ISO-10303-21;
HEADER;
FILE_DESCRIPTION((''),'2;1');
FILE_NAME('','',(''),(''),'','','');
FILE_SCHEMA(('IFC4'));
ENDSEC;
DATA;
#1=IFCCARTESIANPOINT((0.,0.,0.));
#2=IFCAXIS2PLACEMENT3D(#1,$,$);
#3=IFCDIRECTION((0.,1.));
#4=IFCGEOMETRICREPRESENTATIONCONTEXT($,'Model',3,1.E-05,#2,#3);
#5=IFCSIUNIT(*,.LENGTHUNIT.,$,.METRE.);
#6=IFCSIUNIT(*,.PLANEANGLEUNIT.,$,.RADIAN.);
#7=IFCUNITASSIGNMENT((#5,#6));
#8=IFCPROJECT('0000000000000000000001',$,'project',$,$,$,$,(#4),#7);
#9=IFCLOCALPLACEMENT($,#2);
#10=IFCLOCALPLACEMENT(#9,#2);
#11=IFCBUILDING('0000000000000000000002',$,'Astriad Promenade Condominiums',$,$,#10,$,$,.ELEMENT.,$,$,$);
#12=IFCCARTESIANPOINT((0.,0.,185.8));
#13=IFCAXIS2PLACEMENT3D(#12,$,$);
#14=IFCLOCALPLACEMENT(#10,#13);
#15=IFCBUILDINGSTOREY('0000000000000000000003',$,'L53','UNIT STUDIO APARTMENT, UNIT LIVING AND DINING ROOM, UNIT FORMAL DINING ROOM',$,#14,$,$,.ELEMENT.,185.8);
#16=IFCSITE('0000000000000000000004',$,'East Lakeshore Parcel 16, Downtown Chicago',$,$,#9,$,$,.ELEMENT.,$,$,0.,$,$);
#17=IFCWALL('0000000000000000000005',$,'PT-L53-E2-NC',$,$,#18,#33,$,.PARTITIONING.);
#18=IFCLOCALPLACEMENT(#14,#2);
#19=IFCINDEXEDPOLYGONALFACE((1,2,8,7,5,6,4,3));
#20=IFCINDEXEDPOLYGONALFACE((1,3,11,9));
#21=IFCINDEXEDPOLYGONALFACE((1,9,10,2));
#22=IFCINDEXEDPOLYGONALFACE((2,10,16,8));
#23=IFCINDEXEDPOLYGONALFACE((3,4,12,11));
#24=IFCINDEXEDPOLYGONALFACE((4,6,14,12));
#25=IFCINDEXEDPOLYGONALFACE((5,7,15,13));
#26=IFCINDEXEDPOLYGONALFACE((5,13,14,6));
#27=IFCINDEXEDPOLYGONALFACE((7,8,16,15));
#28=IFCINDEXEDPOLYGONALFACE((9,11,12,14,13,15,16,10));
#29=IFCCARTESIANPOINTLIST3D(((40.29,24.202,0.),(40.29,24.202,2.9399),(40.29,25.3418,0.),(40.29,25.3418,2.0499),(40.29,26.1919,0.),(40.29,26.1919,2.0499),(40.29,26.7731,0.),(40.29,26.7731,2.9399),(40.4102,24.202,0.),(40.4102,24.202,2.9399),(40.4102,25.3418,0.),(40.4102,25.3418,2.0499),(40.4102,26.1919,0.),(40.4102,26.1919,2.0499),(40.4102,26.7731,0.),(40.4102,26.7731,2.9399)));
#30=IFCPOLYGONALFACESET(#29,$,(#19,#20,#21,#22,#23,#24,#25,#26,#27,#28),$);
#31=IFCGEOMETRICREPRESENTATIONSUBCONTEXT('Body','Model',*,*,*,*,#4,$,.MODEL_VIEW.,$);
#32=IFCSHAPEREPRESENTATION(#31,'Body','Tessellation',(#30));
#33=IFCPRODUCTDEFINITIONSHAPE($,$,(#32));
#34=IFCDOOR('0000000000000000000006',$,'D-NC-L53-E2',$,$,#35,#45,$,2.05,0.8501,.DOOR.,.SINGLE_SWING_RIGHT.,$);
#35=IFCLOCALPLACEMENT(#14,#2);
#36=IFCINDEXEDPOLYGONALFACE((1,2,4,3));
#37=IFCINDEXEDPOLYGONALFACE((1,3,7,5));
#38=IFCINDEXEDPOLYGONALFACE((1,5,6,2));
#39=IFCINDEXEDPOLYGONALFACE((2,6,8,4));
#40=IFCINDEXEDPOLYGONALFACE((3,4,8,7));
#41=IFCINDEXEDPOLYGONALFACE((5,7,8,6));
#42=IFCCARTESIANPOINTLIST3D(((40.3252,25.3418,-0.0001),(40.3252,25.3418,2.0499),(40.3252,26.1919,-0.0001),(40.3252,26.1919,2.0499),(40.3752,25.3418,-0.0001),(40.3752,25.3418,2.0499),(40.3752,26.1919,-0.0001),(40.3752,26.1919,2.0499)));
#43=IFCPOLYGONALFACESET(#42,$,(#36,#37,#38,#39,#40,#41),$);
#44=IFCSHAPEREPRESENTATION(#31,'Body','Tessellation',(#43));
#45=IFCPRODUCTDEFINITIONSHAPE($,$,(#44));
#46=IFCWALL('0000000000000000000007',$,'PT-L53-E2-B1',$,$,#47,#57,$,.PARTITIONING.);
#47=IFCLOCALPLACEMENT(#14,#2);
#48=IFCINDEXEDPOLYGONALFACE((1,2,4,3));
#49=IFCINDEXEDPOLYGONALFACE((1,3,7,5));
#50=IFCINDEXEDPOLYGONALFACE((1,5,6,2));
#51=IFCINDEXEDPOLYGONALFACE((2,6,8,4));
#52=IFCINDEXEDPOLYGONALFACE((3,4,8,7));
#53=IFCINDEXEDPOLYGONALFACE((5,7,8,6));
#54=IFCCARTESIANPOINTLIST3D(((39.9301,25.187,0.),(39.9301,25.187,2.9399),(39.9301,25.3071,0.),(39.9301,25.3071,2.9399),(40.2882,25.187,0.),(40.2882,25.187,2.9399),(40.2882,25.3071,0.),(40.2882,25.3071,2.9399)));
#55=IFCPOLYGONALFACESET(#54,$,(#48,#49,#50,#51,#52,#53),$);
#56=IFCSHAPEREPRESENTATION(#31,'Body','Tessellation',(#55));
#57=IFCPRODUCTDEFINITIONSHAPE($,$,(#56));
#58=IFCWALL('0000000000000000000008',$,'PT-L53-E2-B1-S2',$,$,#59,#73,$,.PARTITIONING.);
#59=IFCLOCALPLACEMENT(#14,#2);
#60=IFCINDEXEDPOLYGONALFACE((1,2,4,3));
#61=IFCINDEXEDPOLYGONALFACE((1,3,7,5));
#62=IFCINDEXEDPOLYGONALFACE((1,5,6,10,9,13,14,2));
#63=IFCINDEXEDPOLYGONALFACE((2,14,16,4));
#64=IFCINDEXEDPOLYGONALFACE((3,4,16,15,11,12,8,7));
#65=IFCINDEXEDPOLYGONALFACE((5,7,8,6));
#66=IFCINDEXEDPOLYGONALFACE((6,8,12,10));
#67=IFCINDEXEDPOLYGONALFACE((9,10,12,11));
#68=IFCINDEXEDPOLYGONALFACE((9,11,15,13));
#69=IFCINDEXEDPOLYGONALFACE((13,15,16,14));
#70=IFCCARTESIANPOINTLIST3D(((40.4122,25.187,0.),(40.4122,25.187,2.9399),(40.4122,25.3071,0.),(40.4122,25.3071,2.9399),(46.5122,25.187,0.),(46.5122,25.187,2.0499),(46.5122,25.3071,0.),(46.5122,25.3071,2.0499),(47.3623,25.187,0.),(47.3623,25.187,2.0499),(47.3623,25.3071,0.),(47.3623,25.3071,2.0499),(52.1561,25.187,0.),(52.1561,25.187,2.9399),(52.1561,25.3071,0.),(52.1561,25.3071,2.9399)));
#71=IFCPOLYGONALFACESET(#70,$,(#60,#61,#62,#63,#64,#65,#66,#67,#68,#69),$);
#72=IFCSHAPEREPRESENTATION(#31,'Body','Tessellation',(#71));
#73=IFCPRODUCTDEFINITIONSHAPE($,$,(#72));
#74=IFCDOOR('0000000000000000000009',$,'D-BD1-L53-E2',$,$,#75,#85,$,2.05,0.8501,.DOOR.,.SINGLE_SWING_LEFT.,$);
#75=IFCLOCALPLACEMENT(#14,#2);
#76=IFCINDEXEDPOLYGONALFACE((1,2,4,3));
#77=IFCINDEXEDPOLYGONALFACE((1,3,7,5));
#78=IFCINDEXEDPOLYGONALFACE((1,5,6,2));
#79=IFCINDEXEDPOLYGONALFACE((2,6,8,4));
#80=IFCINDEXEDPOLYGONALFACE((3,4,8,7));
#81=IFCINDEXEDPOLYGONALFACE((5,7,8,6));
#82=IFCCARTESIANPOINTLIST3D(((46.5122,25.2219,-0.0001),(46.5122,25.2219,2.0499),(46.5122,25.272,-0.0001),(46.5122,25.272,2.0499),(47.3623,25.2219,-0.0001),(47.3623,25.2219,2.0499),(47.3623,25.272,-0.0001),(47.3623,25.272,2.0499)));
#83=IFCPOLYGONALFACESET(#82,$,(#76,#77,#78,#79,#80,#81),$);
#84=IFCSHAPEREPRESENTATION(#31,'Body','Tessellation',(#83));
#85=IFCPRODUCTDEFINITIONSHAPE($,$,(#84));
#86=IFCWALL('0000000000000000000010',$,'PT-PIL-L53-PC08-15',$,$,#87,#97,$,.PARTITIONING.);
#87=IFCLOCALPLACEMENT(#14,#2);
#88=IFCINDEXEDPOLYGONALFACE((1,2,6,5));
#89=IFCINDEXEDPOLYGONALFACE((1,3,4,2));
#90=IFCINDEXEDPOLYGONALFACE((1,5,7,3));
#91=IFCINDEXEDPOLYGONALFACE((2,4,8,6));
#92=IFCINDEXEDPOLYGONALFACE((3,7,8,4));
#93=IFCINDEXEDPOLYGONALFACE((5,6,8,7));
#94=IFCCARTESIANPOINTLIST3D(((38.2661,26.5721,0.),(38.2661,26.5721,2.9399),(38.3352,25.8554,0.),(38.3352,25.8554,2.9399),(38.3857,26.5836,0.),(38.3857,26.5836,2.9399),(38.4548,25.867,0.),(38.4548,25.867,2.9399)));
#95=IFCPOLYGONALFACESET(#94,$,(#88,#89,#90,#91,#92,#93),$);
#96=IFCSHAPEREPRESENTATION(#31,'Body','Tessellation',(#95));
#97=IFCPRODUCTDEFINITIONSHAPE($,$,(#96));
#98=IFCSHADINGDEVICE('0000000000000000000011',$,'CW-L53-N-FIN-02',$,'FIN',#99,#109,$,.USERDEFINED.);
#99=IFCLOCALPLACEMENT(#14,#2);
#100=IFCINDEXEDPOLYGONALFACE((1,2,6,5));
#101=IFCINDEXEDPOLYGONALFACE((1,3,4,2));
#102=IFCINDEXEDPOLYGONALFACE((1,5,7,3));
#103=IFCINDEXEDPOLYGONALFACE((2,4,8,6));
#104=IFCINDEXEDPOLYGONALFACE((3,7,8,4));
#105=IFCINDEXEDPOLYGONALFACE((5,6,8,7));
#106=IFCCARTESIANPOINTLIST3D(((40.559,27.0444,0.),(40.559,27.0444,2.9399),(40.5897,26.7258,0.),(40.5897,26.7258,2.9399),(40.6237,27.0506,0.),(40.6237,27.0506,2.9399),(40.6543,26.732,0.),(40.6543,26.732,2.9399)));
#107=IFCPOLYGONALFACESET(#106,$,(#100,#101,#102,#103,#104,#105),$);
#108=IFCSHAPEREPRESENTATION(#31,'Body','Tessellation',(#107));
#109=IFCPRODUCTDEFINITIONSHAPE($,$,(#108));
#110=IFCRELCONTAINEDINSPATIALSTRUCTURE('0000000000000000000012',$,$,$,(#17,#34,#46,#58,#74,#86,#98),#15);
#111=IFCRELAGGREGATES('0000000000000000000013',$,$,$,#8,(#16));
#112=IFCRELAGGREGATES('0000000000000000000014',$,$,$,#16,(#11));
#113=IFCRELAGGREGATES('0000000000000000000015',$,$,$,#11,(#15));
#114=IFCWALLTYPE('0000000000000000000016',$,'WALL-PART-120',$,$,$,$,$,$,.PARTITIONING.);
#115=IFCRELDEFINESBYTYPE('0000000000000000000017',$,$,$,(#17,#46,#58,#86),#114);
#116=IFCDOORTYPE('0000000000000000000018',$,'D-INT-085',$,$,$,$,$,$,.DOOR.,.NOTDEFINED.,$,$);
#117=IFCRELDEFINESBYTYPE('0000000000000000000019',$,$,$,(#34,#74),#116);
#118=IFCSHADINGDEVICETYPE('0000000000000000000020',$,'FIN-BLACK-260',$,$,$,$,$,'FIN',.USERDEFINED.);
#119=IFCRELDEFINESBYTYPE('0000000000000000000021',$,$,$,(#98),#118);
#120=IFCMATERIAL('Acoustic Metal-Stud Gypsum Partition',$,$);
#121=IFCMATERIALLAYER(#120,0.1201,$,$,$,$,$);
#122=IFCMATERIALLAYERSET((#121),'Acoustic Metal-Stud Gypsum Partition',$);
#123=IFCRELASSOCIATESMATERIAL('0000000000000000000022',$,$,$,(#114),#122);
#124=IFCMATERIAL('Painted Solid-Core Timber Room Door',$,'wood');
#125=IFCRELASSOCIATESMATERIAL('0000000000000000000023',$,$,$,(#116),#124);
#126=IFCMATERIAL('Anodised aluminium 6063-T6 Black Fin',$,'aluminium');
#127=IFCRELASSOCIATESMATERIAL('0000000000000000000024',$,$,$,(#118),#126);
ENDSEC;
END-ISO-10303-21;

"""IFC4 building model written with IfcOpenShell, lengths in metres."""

from ifc_helpers import new_model, si_unit, direction, frame, frame_2d, origin, origin_2d, place, context, subcontext, project, spatial, rectangle, extrude, source, transform, mapped, material, layer, layer_set, type_object, type_shapes, element, fill, save


model = new_model("IFC4")

# Units and contexts
model_context = context("Model", 3, precision=1e-05, world=origin(), true_north=direction((0.0, 1.0)))
body_context = subcontext(model_context, "Body", "Model", "MODEL_VIEW")
ifc_project = project(units=[si_unit("LENGTHUNIT", "METRE"), si_unit("PLANEANGLEUNIT", "RADIAN")], contexts=[model_context])

# Site, building, storey
site_placement = place(None, origin())
site = spatial("IfcSite", under=ifc_project, at=site_placement, Name="East Lakeshore Parcel 16, Downtown Chicago", CompositionType="ELEMENT", RefElevation=0.0)
building_placement = place(site_placement, origin())
building = spatial("IfcBuilding", under=site, at=building_placement, Name="Astriad Promenade Condominiums", CompositionType="ELEMENT")
storey_placement = place(building_placement, frame((0.0, 0.0, 185.8)))
storey = spatial("IfcBuildingStorey", under=building, at=storey_placement, Name="L53", Description="UNIT STUDIO APARTMENT, UNIT LIVING AND DINING ROOM, UNIT FORMAL DINING ROOM", CompositionType="ELEMENT", Elevation=185.8)

# Wall, opening, door
ifc_material_1 = material(Name="Acoustic Metal-Stud Gypsum Partition")
ifc_layer_1 = layer(ifc_material_1, 0.1201)
ifc_layer_set_1 = layer_set([ifc_layer_1], Name="Acoustic Metal-Stud Gypsum Partition")
wall_type_1 = type_object("IfcWallType", Name="WALL-PART-120", PredefinedType="PARTITIONING", material=ifc_layer_set_1)
wall_1_placement = place(storey_placement, frame((40.3501, 24.2019, 0.0), z_axis=(0.0, 0.0, 1.0), x_axis=(0.0, 1.0, 0.0)))
wall_1 = element("IfcWall", 1, at=wall_1_placement, inside=storey, type_object=wall_type_1, Name="PT-L53-E2-NC", PredefinedType="PARTITIONING", context=body_context, shape_type="SweptSolid", body=[
    extrude(rectangle(XDim=2.571, YDim=0.1201, at=frame_2d((1.2856, 0.0))), origin(), (0.0, 0.0, 1.0), 2.9399),
])
opening_1_placement = place(wall_1_placement, frame((1.1399, 0.0, 0.0)))
opening_1 = element("IfcOpeningElement", 2, at=opening_1_placement, cuts=wall_1, PredefinedType="OPENING", context=body_context, shape_type="SweptSolid", body=[
    extrude(rectangle(XDim=0.8501, YDim=2.05, at=frame_2d((0.425, 1.0249))), frame((0.0, 0.0701, 0.0), z_axis=(0.0, -1.0, 0.0), x_axis=(1.0, 0.0, 0.0)), (0.0, 0.0, 1.0), 0.1401),
])
ifc_material_2 = material(Name="Painted Solid-Core Timber Room Door", Category="wood")
door_type_1 = type_object("IfcDoorType", Name="D-INT-085", OperationType="NOTDEFINED", PredefinedType="DOOR", material=ifc_material_2)
shared_shape_1 = source(origin(), body_context, "Body", "SweptSolid", [
    extrude(rectangle(XDim=0.8501, YDim=2.05, at=frame_2d((0.425, 1.0249))), frame((0.0, 0.0249, 0.0), z_axis=(0.0, -1.0, 0.0), x_axis=(1.0, 0.0, 0.0)), (0.0, 0.0, 1.0), 0.05),
])
type_shapes(door_type_1, [shared_shape_1])
door_1_placement = place(opening_1_placement, origin())
door_1 = element("IfcDoor", 3, at=door_1_placement, inside=storey, type_object=door_type_1, Name="D-NC-L53-E2", OperationType="SINGLE_SWING_RIGHT", OverallHeight=2.05, OverallWidth=0.8501, PredefinedType="DOOR", context=body_context, shape_type="MappedRepresentation", body=[
    mapped(shared_shape_1, transform((0.0, 0.0, 0.0), scale=1.0)),
])
fill(opening_1, door_1)

# Wall
wall_2_placement = place(storey_placement, frame((39.9299, 25.2471, 0.0), z_axis=(0.0, 0.0, 1.0), x_axis=(1.0, 0.0, 0.0)))
element("IfcWall", 4, at=wall_2_placement, inside=storey, type_object=wall_type_1, Name="PT-L53-E2-B1", PredefinedType="PARTITIONING", context=body_context, shape_type="SweptSolid", body=[
    extrude(rectangle(XDim=0.3582, YDim=0.1201, at=frame_2d((0.1792, 0.0))), origin(), (0.0, 0.0, 1.0), 2.9399),
])

# Wall, opening, door
wall_3_placement = place(storey_placement, frame((40.4121, 25.2471, 0.0), z_axis=(0.0, 0.0, 1.0), x_axis=(1.0, 0.0, 0.0)))
wall_3 = element("IfcWall", 5, at=wall_3_placement, inside=storey, type_object=wall_type_1, Name="PT-L53-E2-B1-S2", PredefinedType="PARTITIONING", context=body_context, shape_type="SweptSolid", body=[
    extrude(rectangle(XDim=11.7439, YDim=0.1201, at=frame_2d((5.8721, 0.0))), origin(), (0.0, 0.0, 1.0), 2.9399),
])
opening_2_placement = place(wall_3_placement, frame((6.1001, 0.0, 0.0)))
opening_2 = element("IfcOpeningElement", 6, at=opening_2_placement, cuts=wall_3, PredefinedType="OPENING", context=body_context, shape_type="SweptSolid", body=[
    extrude(rectangle(XDim=0.8501, YDim=2.05, at=frame_2d((0.425, 1.0249))), frame((0.0, 0.0701, 0.0), z_axis=(0.0, -1.0, 0.0), x_axis=(1.0, 0.0, 0.0)), (0.0, 0.0, 1.0), 0.1401),
])
door_2_placement = place(opening_2_placement, origin())
door_2 = element("IfcDoor", 7, at=door_2_placement, inside=storey, type_object=door_type_1, Name="D-BD1-L53-E2", OperationType="SINGLE_SWING_LEFT", OverallHeight=2.05, OverallWidth=0.8501, PredefinedType="DOOR", context=body_context, shape_type="MappedRepresentation", body=[
    mapped(shared_shape_1, transform((0.0, 0.0, 0.0), scale=1.0)),
])
fill(opening_2, door_2)

# Wall
wall_4_placement = place(storey_placement, frame((38.395, 25.8613, 0.0), z_axis=(0.0, 0.0, 1.0), x_axis=(-0.095977, 0.995384, 0.0)))
element("IfcWall", 8, at=wall_4_placement, inside=storey, type_object=wall_type_1, Name="PT-PIL-L53-PC08-15", PredefinedType="PARTITIONING", context=body_context, shape_type="SweptSolid", body=[
    extrude(rectangle(XDim=0.72, YDim=0.1201, at=frame_2d((0.3599, 0.0))), origin(), (0.0, 0.0, 1.0), 2.9399),
])

# Shading device
ifc_material_3 = material(Name="Anodised aluminium 6063-T6 Black Fin", Category="aluminium")
shading_device_type = type_object("IfcShadingDeviceType", Name="FIN-BLACK-260", ElementType="FIN", PredefinedType="USERDEFINED", material=ifc_material_3)
shared_shape_2 = source(origin(), body_context, "Body", "SweptSolid", [
    extrude(rectangle(XDim=0.0649, YDim=0.3201, at=origin_2d()), origin(), (0.0, 0.0, 1.0), 2.9399),
])
type_shapes(shading_device_type, [shared_shape_2])
shading_device_placement = place(storey_placement, frame((40.6067, 26.8882, 0.0), z_axis=(0.0, 0.0, 1.0), x_axis=(0.995396, 0.095846, 0.0)))
element("IfcShadingDevice", 9, at=shading_device_placement, inside=storey, type_object=shading_device_type, Name="CW-L53-N-FIN-02", ObjectType="FIN", PredefinedType="USERDEFINED", context=body_context, shape_type="MappedRepresentation", body=[
    mapped(shared_shape_2, transform((0.0, 0.0, 0.0), scale=1.0)),
])

save(model, "model.ifc")
